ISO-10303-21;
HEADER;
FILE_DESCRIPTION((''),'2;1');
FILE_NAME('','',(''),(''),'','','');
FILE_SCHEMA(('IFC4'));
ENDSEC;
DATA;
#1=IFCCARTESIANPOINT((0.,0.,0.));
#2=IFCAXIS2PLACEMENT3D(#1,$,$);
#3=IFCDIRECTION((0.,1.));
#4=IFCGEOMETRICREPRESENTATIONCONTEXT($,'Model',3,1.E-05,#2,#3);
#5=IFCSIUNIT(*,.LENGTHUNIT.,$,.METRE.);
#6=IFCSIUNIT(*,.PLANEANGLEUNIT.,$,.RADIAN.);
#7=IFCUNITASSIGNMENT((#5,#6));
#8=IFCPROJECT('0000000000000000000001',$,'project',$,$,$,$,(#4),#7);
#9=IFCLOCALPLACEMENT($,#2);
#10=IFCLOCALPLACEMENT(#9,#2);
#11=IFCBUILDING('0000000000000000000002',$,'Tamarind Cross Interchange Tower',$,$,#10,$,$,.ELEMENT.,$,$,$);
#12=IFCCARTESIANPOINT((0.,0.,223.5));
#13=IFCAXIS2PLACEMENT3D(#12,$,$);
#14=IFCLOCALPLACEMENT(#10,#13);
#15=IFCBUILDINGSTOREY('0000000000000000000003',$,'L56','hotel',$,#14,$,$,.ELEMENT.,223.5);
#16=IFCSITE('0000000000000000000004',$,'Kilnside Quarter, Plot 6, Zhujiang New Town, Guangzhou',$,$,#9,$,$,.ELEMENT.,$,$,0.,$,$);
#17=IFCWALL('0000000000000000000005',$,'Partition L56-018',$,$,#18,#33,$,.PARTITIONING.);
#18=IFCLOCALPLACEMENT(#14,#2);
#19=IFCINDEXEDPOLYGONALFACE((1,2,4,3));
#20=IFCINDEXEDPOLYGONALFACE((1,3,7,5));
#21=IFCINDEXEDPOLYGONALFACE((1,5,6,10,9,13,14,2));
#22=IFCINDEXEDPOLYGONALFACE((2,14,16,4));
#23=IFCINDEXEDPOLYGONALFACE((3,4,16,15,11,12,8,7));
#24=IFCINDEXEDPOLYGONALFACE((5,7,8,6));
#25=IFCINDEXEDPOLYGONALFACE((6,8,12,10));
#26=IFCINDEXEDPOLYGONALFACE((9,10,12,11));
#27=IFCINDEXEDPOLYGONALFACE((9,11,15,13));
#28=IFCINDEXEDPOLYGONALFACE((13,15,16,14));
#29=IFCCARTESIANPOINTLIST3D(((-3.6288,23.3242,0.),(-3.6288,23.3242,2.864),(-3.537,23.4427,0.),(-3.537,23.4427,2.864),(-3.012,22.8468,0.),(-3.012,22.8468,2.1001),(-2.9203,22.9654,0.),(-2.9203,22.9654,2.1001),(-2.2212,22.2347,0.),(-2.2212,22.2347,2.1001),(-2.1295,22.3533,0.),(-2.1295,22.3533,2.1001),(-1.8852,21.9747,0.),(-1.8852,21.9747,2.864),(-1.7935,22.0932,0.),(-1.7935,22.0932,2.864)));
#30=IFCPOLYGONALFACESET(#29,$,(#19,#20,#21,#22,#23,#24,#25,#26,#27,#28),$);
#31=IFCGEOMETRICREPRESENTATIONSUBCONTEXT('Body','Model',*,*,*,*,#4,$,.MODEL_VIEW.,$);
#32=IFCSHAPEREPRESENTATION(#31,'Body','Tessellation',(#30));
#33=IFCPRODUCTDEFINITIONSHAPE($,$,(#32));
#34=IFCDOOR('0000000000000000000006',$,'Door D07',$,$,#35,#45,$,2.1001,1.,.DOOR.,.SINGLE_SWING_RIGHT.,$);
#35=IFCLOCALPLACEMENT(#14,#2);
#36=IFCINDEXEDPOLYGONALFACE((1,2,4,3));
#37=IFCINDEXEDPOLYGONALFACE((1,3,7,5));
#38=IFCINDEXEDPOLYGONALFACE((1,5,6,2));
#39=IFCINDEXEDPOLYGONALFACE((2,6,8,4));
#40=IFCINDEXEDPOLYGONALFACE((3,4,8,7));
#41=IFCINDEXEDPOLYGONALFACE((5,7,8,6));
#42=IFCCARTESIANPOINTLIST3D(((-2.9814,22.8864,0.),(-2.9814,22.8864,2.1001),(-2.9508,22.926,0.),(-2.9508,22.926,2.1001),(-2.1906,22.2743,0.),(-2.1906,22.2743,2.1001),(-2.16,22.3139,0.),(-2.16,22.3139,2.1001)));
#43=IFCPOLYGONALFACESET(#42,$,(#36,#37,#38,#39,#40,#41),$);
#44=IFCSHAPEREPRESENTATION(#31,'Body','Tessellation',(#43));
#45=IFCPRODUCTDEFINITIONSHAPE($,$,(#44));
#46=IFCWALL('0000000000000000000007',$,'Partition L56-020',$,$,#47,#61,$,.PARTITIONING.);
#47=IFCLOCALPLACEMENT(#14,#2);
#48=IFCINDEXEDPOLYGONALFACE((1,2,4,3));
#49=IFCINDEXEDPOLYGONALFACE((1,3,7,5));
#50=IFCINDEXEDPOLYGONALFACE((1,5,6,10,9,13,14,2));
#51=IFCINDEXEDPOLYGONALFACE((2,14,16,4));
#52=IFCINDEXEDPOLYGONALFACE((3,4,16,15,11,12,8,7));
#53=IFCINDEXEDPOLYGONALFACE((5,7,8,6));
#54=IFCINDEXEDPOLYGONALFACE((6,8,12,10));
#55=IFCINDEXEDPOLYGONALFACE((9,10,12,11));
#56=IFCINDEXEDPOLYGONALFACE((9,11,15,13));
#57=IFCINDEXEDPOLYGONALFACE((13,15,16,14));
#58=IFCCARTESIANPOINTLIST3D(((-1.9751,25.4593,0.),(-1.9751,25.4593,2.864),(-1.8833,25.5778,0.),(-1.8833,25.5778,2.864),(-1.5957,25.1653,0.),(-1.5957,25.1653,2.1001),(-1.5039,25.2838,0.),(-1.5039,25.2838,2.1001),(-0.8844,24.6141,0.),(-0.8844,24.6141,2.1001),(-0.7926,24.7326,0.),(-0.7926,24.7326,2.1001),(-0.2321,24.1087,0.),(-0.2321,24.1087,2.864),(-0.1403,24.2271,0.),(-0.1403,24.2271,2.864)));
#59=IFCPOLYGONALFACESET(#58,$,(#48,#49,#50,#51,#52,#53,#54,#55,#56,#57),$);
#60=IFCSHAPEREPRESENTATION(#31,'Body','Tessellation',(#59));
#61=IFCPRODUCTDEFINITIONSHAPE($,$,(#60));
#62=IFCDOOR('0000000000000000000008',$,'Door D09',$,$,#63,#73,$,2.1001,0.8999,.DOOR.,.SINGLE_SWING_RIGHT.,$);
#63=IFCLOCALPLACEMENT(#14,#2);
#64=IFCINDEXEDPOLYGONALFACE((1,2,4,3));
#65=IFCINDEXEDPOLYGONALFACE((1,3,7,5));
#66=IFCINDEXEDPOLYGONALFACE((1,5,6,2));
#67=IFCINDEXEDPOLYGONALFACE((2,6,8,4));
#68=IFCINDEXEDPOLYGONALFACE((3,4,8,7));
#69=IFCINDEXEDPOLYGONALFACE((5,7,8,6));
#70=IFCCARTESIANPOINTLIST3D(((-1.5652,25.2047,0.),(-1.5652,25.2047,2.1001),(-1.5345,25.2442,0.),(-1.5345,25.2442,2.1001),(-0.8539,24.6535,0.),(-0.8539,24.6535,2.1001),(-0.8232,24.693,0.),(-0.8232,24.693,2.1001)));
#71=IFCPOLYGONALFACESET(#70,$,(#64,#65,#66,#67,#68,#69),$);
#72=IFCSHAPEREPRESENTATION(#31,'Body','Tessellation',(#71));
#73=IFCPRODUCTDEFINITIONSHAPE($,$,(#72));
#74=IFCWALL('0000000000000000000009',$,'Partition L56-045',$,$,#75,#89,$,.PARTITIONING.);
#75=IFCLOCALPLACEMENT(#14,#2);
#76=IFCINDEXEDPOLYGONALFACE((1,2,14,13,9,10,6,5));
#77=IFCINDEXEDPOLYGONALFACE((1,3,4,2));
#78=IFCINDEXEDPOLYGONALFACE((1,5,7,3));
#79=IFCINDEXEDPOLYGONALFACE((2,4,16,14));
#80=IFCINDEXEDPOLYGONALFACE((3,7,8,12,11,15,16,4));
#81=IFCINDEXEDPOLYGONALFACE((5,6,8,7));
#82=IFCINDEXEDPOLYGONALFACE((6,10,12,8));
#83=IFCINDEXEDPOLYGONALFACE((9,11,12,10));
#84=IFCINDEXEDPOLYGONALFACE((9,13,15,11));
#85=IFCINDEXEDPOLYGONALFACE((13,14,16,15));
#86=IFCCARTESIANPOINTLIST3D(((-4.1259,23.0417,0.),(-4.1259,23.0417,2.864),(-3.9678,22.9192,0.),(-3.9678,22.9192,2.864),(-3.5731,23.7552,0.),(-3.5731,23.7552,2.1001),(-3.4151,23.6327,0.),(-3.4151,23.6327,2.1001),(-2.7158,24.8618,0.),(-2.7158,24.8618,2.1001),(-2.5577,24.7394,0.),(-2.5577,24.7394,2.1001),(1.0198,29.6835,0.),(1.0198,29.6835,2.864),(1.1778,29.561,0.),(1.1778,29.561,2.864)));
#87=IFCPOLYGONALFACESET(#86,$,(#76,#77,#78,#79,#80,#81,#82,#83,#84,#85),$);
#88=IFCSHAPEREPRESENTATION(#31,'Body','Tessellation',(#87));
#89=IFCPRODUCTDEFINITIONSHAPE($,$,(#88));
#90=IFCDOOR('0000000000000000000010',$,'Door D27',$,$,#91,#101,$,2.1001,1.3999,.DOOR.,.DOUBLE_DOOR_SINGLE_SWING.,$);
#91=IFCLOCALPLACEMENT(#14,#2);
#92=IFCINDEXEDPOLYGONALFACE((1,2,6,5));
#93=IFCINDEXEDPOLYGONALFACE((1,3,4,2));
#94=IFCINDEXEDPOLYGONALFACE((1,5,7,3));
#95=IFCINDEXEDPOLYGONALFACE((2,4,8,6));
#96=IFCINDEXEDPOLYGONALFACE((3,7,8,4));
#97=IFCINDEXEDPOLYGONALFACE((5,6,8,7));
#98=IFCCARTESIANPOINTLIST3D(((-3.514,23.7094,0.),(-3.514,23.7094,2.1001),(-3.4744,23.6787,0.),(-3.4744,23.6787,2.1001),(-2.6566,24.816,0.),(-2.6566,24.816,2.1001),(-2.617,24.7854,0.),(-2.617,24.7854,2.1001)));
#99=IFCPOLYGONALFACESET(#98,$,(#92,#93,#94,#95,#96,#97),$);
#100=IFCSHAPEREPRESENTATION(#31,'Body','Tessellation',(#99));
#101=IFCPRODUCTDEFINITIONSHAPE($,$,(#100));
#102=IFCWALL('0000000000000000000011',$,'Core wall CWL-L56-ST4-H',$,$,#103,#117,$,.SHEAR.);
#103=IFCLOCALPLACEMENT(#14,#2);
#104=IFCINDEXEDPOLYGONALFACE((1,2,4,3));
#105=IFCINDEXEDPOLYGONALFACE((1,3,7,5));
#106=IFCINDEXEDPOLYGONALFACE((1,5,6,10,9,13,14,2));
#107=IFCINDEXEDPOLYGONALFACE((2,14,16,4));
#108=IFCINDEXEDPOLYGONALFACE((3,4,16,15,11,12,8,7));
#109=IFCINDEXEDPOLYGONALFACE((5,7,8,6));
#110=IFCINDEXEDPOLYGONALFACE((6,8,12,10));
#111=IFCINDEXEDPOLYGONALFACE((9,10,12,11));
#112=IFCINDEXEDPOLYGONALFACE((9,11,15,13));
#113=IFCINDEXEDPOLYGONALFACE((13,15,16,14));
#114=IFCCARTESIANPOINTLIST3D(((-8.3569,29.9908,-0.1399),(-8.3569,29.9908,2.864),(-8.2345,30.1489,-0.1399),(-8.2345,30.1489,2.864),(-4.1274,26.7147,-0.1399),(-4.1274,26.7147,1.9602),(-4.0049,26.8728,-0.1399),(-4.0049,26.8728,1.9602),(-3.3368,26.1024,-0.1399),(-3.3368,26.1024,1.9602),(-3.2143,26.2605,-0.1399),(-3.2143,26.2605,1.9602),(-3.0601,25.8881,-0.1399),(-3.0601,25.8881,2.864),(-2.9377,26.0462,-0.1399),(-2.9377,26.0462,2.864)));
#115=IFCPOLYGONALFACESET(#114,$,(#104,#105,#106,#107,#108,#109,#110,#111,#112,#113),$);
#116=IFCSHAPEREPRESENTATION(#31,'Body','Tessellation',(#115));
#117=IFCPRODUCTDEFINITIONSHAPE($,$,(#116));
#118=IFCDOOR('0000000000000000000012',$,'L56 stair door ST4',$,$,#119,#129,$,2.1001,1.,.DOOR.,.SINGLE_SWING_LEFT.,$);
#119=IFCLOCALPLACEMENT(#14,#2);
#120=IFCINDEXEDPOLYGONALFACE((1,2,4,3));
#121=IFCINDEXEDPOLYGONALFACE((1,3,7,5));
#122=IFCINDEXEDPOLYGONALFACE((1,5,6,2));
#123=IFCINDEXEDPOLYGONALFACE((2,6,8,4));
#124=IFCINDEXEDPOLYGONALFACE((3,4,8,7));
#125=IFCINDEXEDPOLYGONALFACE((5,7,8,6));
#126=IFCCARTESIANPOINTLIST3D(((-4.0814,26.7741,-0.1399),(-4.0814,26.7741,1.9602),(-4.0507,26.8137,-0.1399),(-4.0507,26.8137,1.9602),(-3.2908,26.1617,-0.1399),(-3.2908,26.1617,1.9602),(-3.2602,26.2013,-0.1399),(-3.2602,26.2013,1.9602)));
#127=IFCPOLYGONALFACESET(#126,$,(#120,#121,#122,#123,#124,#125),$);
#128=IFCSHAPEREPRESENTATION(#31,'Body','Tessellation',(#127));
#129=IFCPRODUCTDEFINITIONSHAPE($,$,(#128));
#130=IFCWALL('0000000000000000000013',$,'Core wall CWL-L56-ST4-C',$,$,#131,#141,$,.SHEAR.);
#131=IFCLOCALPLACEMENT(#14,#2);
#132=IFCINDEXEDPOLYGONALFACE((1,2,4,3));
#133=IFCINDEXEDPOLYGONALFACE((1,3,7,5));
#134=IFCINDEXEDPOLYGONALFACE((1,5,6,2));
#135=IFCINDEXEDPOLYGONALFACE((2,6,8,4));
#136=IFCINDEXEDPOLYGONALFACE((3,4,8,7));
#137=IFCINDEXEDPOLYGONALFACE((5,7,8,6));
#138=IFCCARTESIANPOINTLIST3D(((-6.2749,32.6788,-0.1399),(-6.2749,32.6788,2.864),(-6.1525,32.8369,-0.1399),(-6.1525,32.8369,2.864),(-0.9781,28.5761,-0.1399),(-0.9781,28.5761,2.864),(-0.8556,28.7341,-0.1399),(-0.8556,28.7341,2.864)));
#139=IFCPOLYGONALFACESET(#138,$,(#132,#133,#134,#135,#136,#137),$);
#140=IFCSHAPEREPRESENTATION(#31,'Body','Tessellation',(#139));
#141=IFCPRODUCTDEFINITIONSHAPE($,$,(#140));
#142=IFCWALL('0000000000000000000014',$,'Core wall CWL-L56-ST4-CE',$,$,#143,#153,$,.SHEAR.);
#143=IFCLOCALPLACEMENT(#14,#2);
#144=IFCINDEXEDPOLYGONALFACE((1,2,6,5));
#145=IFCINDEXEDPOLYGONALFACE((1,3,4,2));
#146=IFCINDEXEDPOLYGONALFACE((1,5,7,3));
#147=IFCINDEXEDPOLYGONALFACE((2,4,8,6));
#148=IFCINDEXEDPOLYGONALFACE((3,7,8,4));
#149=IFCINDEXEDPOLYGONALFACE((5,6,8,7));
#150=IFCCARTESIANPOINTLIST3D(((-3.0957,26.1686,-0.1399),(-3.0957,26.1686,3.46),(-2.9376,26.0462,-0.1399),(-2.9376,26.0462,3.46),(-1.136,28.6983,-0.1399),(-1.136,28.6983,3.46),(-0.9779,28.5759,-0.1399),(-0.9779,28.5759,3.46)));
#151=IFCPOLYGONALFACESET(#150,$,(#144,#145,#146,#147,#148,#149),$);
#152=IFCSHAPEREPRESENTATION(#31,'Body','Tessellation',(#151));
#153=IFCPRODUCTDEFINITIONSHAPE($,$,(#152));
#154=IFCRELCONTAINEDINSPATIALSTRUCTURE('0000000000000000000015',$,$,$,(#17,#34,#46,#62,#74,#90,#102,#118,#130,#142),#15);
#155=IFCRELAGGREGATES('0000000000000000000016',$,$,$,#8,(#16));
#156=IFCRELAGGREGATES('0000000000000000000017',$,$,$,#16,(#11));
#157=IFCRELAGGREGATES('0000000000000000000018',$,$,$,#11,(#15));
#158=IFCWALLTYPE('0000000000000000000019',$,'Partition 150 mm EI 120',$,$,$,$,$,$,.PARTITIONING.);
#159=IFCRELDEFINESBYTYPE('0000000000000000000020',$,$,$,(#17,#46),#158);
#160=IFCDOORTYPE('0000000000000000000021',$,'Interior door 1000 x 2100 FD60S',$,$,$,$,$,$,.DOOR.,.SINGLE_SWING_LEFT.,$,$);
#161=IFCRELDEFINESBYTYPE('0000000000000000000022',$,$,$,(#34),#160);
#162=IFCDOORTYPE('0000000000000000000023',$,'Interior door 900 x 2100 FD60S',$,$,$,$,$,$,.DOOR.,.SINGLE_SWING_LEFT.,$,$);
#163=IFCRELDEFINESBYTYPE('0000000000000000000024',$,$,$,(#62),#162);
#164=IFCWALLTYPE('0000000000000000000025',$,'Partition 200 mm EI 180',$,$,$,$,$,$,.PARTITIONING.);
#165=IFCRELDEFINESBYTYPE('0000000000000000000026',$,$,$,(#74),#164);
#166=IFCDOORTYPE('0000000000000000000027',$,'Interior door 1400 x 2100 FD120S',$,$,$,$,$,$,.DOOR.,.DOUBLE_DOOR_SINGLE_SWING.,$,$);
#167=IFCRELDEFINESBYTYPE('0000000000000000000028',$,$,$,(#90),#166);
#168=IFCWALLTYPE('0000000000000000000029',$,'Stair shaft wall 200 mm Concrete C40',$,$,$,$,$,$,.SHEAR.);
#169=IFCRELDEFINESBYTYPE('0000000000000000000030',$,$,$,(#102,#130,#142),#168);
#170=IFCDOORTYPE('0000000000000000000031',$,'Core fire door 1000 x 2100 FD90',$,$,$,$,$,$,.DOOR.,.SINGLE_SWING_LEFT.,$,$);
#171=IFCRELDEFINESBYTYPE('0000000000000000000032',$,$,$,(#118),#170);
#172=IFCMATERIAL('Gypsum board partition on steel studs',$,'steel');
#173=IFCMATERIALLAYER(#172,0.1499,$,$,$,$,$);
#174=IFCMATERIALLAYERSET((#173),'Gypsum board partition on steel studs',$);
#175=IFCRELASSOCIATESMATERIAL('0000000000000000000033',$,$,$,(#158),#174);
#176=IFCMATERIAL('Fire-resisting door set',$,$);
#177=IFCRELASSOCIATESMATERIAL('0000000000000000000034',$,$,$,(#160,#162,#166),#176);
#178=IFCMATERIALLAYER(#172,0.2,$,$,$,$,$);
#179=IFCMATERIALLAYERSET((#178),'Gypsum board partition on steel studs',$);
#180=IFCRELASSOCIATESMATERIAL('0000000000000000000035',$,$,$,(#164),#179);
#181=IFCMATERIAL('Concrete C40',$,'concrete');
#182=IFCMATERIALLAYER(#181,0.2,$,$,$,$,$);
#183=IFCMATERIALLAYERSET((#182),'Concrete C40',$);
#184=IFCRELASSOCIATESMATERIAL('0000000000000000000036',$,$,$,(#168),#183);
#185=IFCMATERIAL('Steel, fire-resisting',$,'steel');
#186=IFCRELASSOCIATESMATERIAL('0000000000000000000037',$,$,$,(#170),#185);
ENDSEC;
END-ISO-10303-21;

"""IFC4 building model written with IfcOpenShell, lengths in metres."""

from ifc_helpers import new_model, si_unit, direction, frame, frame_2d, origin, place, context, subcontext, project, spatial, rectangle, extrude, material, layer, layer_set, type_object, element, fill, save


model = new_model("IFC4")

# Units and contexts
model_context = context("Model", 3, precision=1e-05, world=origin(), true_north=direction((0.0, 1.0)))
body_context = subcontext(model_context, "Body", "Model", "MODEL_VIEW")
ifc_project = project(units=[si_unit("LENGTHUNIT", "METRE"), si_unit("PLANEANGLEUNIT", "RADIAN")], contexts=[model_context])

# Site, building, storey
site_placement = place(None, origin())
site = spatial("IfcSite", under=ifc_project, at=site_placement, Name="Kilnside Quarter, Plot 6, Zhujiang New Town, Guangzhou", CompositionType="ELEMENT", RefElevation=0.0)
building_placement = place(site_placement, origin())
building = spatial("IfcBuilding", under=site, at=building_placement, Name="Tamarind Cross Interchange Tower", CompositionType="ELEMENT")
storey_placement = place(building_placement, frame((0.0, 0.0, 223.5)))
storey = spatial("IfcBuildingStorey", under=building, at=storey_placement, Name="L56", Description="hotel", CompositionType="ELEMENT", Elevation=223.5)

# Shared definitions
ifc_material_1 = material(Name="Gypsum board partition on steel studs", Category="steel")
ifc_layer_1 = layer(ifc_material_1, 0.1499)
ifc_layer_set_1 = layer_set([ifc_layer_1], Name="Gypsum board partition on steel studs")
wall_type_1 = type_object("IfcWallType", Name="Partition 150 mm EI 120", PredefinedType="PARTITIONING", material=ifc_layer_set_1)

# Walls, openings, doors
wall_1_placement = place(storey_placement, frame((-3.583, 23.3835, 0.0), z_axis=(0.0, 0.0, 1.0), x_axis=(0.790793, -0.612084, 0.0)))
wall_1 = element("IfcWall", 1, at=wall_1_placement, inside=storey, type_object=wall_type_1, Name="Partition L56-018", PredefinedType="PARTITIONING", context=body_context, shape_type="SweptSolid", body=[
    extrude(rectangle(XDim=2.2048, YDim=0.1499, at=frame_2d((1.1025, 0.0))), origin(), (0.0, 0.0, 1.0), 2.864),
])
opening_1_placement = place(wall_1_placement, frame((0.78, 0.0, 0.0)))
opening_1 = element("IfcOpeningElement", 2, at=opening_1_placement, cuts=wall_1, PredefinedType="OPENING", context=body_context, shape_type="SweptSolid", body=[
    extrude(rectangle(XDim=1.0, YDim=2.1001, at=frame_2d((0.5, 1.05))), frame((0.0, 0.085, 0.0), z_axis=(0.0, -1.0, 0.0), x_axis=(1.0, 0.0, 0.0)), (0.0, 0.0, 1.0), 0.1699),
])
ifc_material_2 = material(Name="Fire-resisting door set")
door_type_1 = type_object("IfcDoorType", Name="Interior door 1000 x 2100 FD60S", OperationType="SINGLE_SWING_LEFT", PredefinedType="DOOR", material=ifc_material_2)
door_1_placement = place(opening_1_placement, frame((1.0, 0.0, 0.0), z_axis=(0.0, 0.0, 1.0), x_axis=(-1.0, 0.0, 0.0)))
door_1 = element("IfcDoor", 3, at=door_1_placement, inside=storey, type_object=door_type_1, Name="Door D07", OperationType="SINGLE_SWING_RIGHT", OverallHeight=2.1001, OverallWidth=1.0, PredefinedType="DOOR", context=body_context, shape_type="SweptSolid", body=[
    extrude(rectangle(XDim=1.0, YDim=2.1001, at=frame_2d((0.5, 1.05))), frame((0.0, 0.0249, 0.0), z_axis=(0.0, -1.0, 0.0), x_axis=(1.0, 0.0, 0.0)), (0.0, 0.0, 1.0), 0.05),
])
fill(opening_1, door_1)
wall_2_placement = place(storey_placement, frame((-1.9292, 25.5186, 0.0), z_axis=(0.0, 0.0, 1.0), x_axis=(0.790454, -0.612522, 0.0)))
wall_2 = element("IfcWall", 4, at=wall_2_placement, inside=storey, type_object=wall_type_1, Name="Partition L56-020", PredefinedType="PARTITIONING", context=body_context, shape_type="SweptSolid", body=[
    extrude(rectangle(XDim=2.2051, YDim=0.1499, at=frame_2d((1.1025, 0.0))), origin(), (0.0, 0.0, 1.0), 2.864),
])
opening_2_placement = place(wall_2_placement, frame((0.48, 0.0, 0.0)))
opening_2 = element("IfcOpeningElement", 5, at=opening_2_placement, cuts=wall_2, PredefinedType="OPENING", context=body_context, shape_type="SweptSolid", body=[
    extrude(rectangle(XDim=0.8999, YDim=2.1001, at=frame_2d((0.45, 1.05))), frame((0.0, 0.085, 0.0), z_axis=(0.0, -1.0, 0.0), x_axis=(1.0, 0.0, 0.0)), (0.0, 0.0, 1.0), 0.1699),
])
door_type_2 = type_object("IfcDoorType", Name="Interior door 900 x 2100 FD60S", OperationType="SINGLE_SWING_LEFT", PredefinedType="DOOR", material=ifc_material_2)
door_2_placement = place(opening_2_placement, origin())
door_2 = element("IfcDoor", 6, at=door_2_placement, inside=storey, type_object=door_type_2, Name="Door D09", OperationType="SINGLE_SWING_RIGHT", OverallHeight=2.1001, OverallWidth=0.8999, PredefinedType="DOOR", context=body_context, shape_type="SweptSolid", body=[
    extrude(rectangle(XDim=0.8999, YDim=2.1001, at=frame_2d((0.45, 1.05))), frame((0.0, 0.0249, 0.0), z_axis=(0.0, -1.0, 0.0), x_axis=(1.0, 0.0, 0.0)), (0.0, 0.0, 1.0), 0.05),
])
fill(opening_2, door_2)
ifc_layer_2 = layer(ifc_material_1, 0.2)
ifc_layer_set_2 = layer_set([ifc_layer_2], Name="Gypsum board partition on steel studs")
wall_type_2 = type_object("IfcWallType", Name="Partition 200 mm EI 180", PredefinedType="PARTITIONING", material=ifc_layer_set_2)
wall_3_placement = place(storey_placement, frame((-4.0469, 22.9805, 0.0), z_axis=(0.0, 0.0, 1.0), x_axis=(0.612447, 0.790512, 0.0)))
wall_3 = element("IfcWall", 7, at=wall_3_placement, inside=storey, type_object=wall_type_2, Name="Partition L56-045", PredefinedType="PARTITIONING", context=body_context, shape_type="SweptSolid", body=[
    extrude(rectangle(XDim=8.4019, YDim=0.2, at=frame_2d((4.2009, 0.0))), origin(), (0.0, 0.0, 1.0), 2.864),
])
opening_3_placement = place(wall_3_placement, frame((0.9026, 0.0, 0.0)))
opening_3 = element("IfcOpeningElement", 8, at=opening_3_placement, cuts=wall_3, PredefinedType="OPENING", context=body_context, shape_type="SweptSolid", body=[
    extrude(rectangle(XDim=1.3999, YDim=2.1001, at=frame_2d((0.7, 1.05))), frame((0.0, 0.1099, 0.0), z_axis=(0.0, -1.0, 0.0), x_axis=(1.0, 0.0, 0.0)), (0.0, 0.0, 1.0), 0.22),
])
door_type_3 = type_object("IfcDoorType", Name="Interior door 1400 x 2100 FD120S", OperationType="DOUBLE_DOOR_SINGLE_SWING", PredefinedType="DOOR", material=ifc_material_2)
door_3_placement = place(opening_3_placement, frame((1.3999, 0.0, 0.0), z_axis=(0.0, 0.0, 1.0), x_axis=(-1.0, 0.0, 0.0)))
door_3 = element("IfcDoor", 9, at=door_3_placement, inside=storey, type_object=door_type_3, Name="Door D27", OperationType="DOUBLE_DOOR_SINGLE_SWING", OverallHeight=2.1001, OverallWidth=1.3999, PredefinedType="DOOR", context=body_context, shape_type="SweptSolid", body=[
    extrude(rectangle(XDim=1.3999, YDim=2.1001, at=frame_2d((0.7, 1.05))), frame((0.0, 0.0249, 0.0), z_axis=(0.0, -1.0, 0.0), x_axis=(1.0, 0.0, 0.0)), (0.0, 0.0, 1.0), 0.05),
])
fill(opening_3, door_3)
ifc_material_3 = material(Name="Concrete C40", Category="concrete")
ifc_layer_3 = layer(ifc_material_3, 0.2)
ifc_layer_set_3 = layer_set([ifc_layer_3], Name="Concrete C40")
wall_type_3 = type_object("IfcWallType", Name="Stair shaft wall 200 mm Concrete C40", PredefinedType="SHEAR", material=ifc_layer_set_3)
wall_4_placement = place(storey_placement, frame((-2.9988, 25.967, -0.1399), z_axis=(0.0, 0.0, 1.0), x_axis=(-0.790581, 0.612358, 0.0)))
wall_4 = element("IfcWall", 10, at=wall_4_placement, inside=storey, type_object=wall_type_3, Name="Core wall CWL-L56-ST4-H", PredefinedType="SHEAR", context=body_context, shape_type="SweptSolid", body=[
    extrude(rectangle(XDim=6.7, YDim=0.2, at=frame_2d((3.3501, 0.0))), origin(), (0.0, 0.0, 1.0), 3.0039),
])
opening_4_placement = place(wall_4_placement, frame((0.3501, 0.0, 0.0)))
opening_4 = element("IfcOpeningElement", 11, at=opening_4_placement, cuts=wall_4, PredefinedType="OPENING", context=body_context, shape_type="SweptSolid", body=[
    extrude(rectangle(XDim=1.0, YDim=2.1001, at=frame_2d((0.5, 1.05))), frame((0.0, 0.1099, 0.0), z_axis=(0.0, -1.0, 0.0), x_axis=(1.0, 0.0, 0.0)), (0.0, 0.0, 1.0), 0.22),
])
ifc_material_4 = material(Name="Steel, fire-resisting", Category="steel")
door_type_4 = type_object("IfcDoorType", Name="Core fire door 1000 x 2100 FD90", OperationType="SINGLE_SWING_LEFT", PredefinedType="DOOR", material=ifc_material_4)
door_4_placement = place(opening_4_placement, origin())
door_4 = element("IfcDoor", 12, at=door_4_placement, inside=storey, type_object=door_type_4, Name="L56 stair door ST4", OperationType="SINGLE_SWING_LEFT", OverallHeight=2.1001, OverallWidth=1.0, PredefinedType="DOOR", context=body_context, shape_type="SweptSolid", body=[
    extrude(rectangle(XDim=1.0, YDim=2.1001, at=frame_2d((0.5, 1.05))), frame((0.0, 0.0249, 0.0), z_axis=(0.0, -1.0, 0.0), x_axis=(1.0, 0.0, 0.0)), (0.0, 0.0, 1.0), 0.05),
])
fill(opening_4, door_4)

# Walls
wall_5_placement = place(storey_placement, frame((-0.9167, 28.655, -0.1399), z_axis=(0.0, 0.0, 1.0), x_axis=(-0.790581, 0.612358, 0.0)))
element("IfcWall", 13, at=wall_5_placement, inside=storey, type_object=wall_type_3, Name="Core wall CWL-L56-ST4-C", PredefinedType="SHEAR", context=body_context, shape_type="SweptSolid", body=[
    extrude(rectangle(XDim=6.7, YDim=0.2, at=frame_2d((3.3501, 0.0))), origin(), (0.0, 0.0, 1.0), 3.0039),
])
wall_6_placement = place(storey_placement, frame((-1.0569, 28.6372, -0.1399), z_axis=(0.0, 0.0, 1.0), x_axis=(-0.612402, -0.790546, 0.0)))
element("IfcWall", 14, at=wall_6_placement, inside=storey, type_object=wall_type_3, Name="Core wall CWL-L56-ST4-CE", PredefinedType="SHEAR", context=body_context, shape_type="SweptSolid", body=[
    extrude(rectangle(XDim=3.2, YDim=0.2, at=frame_2d((1.6001, 0.0))), origin(), (0.0, 0.0, 1.0), 3.5999),
])

save(model, "model.ifc")
